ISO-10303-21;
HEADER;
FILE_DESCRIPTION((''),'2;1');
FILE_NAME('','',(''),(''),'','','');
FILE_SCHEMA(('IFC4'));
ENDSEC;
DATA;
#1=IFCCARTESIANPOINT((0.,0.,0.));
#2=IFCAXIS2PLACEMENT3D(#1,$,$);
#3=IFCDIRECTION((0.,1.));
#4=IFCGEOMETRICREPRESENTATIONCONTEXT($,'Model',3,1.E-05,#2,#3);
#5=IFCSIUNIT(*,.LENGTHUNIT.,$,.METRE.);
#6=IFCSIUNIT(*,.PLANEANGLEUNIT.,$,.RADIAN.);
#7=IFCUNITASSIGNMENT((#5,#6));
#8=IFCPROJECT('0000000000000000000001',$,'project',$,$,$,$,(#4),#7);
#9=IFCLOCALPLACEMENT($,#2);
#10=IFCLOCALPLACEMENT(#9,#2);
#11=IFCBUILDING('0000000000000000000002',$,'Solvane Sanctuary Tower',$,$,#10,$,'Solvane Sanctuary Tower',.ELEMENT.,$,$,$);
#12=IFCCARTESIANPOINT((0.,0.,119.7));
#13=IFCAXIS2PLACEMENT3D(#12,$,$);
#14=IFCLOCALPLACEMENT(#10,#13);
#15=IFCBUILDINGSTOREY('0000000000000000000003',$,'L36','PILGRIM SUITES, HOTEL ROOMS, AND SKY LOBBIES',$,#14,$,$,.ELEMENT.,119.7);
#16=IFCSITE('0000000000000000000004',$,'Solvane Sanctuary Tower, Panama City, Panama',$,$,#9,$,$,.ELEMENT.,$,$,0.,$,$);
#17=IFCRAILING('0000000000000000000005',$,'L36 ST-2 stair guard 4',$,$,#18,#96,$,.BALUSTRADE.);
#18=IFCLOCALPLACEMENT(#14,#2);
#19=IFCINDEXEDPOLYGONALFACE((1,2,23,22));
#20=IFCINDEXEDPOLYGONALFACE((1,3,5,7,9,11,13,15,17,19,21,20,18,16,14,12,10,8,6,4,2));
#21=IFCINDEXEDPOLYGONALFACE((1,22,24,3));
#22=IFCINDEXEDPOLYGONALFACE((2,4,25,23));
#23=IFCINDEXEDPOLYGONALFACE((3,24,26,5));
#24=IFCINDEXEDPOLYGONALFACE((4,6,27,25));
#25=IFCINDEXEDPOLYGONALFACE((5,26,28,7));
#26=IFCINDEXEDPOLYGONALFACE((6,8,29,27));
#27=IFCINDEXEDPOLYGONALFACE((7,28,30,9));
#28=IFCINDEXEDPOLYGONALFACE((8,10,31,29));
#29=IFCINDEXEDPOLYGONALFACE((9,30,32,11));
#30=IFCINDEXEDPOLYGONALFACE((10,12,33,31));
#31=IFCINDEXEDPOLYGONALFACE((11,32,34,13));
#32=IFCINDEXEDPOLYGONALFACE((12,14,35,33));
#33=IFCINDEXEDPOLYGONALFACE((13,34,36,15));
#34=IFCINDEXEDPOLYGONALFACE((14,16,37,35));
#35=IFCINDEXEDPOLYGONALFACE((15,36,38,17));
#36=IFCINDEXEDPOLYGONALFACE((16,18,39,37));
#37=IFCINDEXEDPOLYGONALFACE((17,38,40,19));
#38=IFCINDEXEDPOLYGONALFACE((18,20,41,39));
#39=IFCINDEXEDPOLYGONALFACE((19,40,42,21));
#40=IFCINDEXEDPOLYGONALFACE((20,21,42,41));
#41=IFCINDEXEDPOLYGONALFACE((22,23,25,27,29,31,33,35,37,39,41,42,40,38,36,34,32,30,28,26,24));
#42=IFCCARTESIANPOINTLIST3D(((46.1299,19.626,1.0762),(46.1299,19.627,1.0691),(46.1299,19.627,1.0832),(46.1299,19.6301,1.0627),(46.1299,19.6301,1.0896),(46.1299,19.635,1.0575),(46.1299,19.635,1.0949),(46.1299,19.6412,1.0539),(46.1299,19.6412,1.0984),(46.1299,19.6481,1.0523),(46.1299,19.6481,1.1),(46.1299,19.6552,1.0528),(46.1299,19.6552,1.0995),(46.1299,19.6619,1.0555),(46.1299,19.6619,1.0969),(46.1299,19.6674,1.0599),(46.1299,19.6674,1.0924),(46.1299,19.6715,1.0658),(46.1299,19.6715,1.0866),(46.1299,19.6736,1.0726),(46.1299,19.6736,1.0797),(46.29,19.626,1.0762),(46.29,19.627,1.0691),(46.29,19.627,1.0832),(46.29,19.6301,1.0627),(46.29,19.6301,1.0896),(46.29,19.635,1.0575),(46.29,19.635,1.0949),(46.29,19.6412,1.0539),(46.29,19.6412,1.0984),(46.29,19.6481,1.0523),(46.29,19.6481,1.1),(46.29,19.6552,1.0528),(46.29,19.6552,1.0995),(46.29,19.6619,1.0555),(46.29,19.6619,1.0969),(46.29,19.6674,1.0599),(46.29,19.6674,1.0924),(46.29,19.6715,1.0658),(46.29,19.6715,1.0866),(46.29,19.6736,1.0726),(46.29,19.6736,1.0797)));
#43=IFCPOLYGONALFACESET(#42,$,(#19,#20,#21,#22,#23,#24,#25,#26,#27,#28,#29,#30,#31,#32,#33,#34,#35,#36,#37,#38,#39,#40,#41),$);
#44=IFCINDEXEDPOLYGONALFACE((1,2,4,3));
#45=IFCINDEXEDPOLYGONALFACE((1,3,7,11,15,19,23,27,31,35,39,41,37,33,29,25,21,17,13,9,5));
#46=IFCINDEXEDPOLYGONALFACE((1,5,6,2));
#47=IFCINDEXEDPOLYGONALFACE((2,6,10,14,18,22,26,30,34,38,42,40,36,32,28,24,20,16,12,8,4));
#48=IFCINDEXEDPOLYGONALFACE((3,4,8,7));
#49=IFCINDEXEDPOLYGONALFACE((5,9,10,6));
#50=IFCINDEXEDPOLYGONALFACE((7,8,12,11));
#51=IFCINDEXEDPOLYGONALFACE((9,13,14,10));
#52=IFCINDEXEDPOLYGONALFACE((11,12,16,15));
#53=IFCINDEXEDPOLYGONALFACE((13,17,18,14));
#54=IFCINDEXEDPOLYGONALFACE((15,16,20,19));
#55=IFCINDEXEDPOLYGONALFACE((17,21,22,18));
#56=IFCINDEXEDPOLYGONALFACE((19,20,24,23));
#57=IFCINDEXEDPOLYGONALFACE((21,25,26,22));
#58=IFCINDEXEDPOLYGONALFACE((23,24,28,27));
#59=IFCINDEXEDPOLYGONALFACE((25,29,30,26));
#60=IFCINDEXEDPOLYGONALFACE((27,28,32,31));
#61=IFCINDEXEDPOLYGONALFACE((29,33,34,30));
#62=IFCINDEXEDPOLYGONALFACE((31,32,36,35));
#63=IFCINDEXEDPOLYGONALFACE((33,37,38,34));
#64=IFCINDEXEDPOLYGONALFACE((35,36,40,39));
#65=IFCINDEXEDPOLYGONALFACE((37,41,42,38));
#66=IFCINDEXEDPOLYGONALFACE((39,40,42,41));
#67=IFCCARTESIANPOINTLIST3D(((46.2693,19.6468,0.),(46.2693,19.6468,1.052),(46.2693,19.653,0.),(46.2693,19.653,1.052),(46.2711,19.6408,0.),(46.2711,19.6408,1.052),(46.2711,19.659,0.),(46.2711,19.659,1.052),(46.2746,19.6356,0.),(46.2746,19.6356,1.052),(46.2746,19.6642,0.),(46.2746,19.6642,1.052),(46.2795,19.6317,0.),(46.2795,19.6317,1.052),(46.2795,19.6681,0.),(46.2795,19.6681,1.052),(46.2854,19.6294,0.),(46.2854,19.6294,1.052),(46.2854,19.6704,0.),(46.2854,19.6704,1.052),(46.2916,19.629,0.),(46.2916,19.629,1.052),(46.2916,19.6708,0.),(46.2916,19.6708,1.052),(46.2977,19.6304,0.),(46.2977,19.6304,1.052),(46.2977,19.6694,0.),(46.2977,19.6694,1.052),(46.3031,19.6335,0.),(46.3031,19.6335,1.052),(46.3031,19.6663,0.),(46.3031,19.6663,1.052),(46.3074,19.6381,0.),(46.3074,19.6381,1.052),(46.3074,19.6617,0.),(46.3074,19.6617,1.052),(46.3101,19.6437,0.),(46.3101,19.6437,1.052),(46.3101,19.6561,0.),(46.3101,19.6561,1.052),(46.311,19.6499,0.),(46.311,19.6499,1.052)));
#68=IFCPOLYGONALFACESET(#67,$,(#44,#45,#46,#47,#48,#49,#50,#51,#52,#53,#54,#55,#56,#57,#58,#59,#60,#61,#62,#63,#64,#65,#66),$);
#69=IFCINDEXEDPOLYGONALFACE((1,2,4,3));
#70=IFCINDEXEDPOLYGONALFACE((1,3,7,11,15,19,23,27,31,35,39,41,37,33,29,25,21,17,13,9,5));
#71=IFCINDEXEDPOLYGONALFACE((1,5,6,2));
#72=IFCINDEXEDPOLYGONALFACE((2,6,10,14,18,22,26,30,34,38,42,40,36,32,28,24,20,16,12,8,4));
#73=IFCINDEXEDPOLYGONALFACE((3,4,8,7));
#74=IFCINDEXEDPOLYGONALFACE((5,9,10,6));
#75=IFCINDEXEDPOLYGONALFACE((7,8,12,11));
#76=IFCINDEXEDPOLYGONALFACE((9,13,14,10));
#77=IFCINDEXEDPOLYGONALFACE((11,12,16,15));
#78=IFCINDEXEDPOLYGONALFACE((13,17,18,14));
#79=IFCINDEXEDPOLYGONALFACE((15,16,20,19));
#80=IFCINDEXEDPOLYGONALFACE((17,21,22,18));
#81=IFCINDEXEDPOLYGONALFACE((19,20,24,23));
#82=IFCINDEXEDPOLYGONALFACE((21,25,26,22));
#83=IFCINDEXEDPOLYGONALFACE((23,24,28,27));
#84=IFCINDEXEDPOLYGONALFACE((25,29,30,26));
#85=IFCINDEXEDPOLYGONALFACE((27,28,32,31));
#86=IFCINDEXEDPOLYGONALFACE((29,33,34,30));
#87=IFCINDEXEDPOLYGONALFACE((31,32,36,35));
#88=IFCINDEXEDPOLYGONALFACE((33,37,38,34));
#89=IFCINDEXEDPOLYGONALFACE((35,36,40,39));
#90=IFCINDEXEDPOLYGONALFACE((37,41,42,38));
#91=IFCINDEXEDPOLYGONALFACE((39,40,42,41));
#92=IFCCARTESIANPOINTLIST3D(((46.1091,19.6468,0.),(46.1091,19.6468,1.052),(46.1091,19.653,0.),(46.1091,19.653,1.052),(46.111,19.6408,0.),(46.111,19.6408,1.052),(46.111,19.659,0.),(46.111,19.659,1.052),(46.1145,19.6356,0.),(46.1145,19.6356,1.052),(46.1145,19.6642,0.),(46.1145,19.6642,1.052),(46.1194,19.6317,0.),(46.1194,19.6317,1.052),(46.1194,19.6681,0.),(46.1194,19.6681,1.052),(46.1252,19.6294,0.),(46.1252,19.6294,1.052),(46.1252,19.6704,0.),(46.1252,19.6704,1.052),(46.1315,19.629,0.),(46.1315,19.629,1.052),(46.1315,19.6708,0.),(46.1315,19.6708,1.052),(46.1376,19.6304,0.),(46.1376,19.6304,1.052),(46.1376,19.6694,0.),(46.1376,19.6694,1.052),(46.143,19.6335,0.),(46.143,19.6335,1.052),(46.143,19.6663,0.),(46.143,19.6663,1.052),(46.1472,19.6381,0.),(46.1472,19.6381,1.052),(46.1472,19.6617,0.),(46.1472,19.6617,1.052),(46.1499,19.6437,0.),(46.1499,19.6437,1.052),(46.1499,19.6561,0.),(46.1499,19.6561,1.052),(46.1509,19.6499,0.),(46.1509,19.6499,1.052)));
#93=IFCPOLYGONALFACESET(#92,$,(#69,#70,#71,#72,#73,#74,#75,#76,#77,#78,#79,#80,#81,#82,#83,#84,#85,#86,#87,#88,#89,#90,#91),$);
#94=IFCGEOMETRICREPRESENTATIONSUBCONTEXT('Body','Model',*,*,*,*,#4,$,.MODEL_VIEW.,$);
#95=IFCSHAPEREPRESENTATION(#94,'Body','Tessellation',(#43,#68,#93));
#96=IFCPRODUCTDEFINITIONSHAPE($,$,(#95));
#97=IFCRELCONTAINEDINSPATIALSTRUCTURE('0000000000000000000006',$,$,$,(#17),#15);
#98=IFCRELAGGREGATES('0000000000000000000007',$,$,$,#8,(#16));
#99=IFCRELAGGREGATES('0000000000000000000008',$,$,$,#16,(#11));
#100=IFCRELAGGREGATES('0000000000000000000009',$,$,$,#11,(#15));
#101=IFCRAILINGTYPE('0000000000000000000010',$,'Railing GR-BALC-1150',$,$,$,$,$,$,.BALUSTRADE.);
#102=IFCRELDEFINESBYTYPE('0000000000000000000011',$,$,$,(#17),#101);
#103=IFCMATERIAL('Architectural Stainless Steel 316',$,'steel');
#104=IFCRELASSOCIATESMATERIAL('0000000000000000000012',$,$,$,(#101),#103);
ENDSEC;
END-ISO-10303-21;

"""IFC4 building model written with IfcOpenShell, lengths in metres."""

from ifc_helpers import new_model, si_unit, direction, frame, origin, origin_2d, place, context, subcontext, project, spatial, circle, extrude, material, type_object, element, save


model = new_model("IFC4")

# Units and contexts
model_context = context("Model", 3, precision=1e-05, world=origin(), true_north=direction((0.0, 1.0)))
body_context = subcontext(model_context, "Body", "Model", "MODEL_VIEW")
ifc_project = project(units=[si_unit("LENGTHUNIT", "METRE"), si_unit("PLANEANGLEUNIT", "RADIAN")], contexts=[model_context])

# Site, building, storey
site_placement = place(None, origin())
site = spatial("IfcSite", under=ifc_project, at=site_placement, Name="Solvane Sanctuary Tower, Panama City, Panama", CompositionType="ELEMENT", RefElevation=0.0)
building_placement = place(site_placement, origin())
building = spatial("IfcBuilding", under=site, at=building_placement, Name="Solvane Sanctuary Tower", LongName="Solvane Sanctuary Tower", CompositionType="ELEMENT")
storey_placement = place(building_placement, frame((0.0, 0.0, 119.7)))
storey = spatial("IfcBuildingStorey", under=building, at=storey_placement, Name="L36", Description="PILGRIM SUITES, HOTEL ROOMS, AND SKY LOBBIES", CompositionType="ELEMENT", Elevation=119.7)

# Shared definitions
ifc_material_1 = material(Name="Architectural Stainless Steel 316", Category="steel")

# Railing
railing_type_1 = type_object("IfcRailingType", Name="Railing GR-BALC-1150", PredefinedType="BALUSTRADE", material=ifc_material_1)
railing_1_placement = place(storey_placement, frame((46.29, 19.6499, 0.0)))
element("IfcRailing", 1, at=railing_1_placement, inside=storey, type_object=railing_type_1, Name="L36 ST-2 stair guard 4", PredefinedType="BALUSTRADE", context=body_context, shape_type="SweptSolid", body=[
    extrude(circle(Radius=0.0239, at=origin_2d()), frame((0.0, 0.0, 1.0762), z_axis=(-1.0, 0.0, 0.0), x_axis=(0.0, -1.0, 0.0)), (0.0, 0.0, 1.0), 0.1602),
    extrude(circle(Radius=0.021, at=origin_2d()), origin(), (0.0, 0.0, 1.0), 1.052),
    extrude(circle(Radius=0.021, at=origin_2d()), frame((-0.1602, 0.0, 0.0)), (0.0, 0.0, 1.0), 1.052),
])

save(model, "model.ifc")
